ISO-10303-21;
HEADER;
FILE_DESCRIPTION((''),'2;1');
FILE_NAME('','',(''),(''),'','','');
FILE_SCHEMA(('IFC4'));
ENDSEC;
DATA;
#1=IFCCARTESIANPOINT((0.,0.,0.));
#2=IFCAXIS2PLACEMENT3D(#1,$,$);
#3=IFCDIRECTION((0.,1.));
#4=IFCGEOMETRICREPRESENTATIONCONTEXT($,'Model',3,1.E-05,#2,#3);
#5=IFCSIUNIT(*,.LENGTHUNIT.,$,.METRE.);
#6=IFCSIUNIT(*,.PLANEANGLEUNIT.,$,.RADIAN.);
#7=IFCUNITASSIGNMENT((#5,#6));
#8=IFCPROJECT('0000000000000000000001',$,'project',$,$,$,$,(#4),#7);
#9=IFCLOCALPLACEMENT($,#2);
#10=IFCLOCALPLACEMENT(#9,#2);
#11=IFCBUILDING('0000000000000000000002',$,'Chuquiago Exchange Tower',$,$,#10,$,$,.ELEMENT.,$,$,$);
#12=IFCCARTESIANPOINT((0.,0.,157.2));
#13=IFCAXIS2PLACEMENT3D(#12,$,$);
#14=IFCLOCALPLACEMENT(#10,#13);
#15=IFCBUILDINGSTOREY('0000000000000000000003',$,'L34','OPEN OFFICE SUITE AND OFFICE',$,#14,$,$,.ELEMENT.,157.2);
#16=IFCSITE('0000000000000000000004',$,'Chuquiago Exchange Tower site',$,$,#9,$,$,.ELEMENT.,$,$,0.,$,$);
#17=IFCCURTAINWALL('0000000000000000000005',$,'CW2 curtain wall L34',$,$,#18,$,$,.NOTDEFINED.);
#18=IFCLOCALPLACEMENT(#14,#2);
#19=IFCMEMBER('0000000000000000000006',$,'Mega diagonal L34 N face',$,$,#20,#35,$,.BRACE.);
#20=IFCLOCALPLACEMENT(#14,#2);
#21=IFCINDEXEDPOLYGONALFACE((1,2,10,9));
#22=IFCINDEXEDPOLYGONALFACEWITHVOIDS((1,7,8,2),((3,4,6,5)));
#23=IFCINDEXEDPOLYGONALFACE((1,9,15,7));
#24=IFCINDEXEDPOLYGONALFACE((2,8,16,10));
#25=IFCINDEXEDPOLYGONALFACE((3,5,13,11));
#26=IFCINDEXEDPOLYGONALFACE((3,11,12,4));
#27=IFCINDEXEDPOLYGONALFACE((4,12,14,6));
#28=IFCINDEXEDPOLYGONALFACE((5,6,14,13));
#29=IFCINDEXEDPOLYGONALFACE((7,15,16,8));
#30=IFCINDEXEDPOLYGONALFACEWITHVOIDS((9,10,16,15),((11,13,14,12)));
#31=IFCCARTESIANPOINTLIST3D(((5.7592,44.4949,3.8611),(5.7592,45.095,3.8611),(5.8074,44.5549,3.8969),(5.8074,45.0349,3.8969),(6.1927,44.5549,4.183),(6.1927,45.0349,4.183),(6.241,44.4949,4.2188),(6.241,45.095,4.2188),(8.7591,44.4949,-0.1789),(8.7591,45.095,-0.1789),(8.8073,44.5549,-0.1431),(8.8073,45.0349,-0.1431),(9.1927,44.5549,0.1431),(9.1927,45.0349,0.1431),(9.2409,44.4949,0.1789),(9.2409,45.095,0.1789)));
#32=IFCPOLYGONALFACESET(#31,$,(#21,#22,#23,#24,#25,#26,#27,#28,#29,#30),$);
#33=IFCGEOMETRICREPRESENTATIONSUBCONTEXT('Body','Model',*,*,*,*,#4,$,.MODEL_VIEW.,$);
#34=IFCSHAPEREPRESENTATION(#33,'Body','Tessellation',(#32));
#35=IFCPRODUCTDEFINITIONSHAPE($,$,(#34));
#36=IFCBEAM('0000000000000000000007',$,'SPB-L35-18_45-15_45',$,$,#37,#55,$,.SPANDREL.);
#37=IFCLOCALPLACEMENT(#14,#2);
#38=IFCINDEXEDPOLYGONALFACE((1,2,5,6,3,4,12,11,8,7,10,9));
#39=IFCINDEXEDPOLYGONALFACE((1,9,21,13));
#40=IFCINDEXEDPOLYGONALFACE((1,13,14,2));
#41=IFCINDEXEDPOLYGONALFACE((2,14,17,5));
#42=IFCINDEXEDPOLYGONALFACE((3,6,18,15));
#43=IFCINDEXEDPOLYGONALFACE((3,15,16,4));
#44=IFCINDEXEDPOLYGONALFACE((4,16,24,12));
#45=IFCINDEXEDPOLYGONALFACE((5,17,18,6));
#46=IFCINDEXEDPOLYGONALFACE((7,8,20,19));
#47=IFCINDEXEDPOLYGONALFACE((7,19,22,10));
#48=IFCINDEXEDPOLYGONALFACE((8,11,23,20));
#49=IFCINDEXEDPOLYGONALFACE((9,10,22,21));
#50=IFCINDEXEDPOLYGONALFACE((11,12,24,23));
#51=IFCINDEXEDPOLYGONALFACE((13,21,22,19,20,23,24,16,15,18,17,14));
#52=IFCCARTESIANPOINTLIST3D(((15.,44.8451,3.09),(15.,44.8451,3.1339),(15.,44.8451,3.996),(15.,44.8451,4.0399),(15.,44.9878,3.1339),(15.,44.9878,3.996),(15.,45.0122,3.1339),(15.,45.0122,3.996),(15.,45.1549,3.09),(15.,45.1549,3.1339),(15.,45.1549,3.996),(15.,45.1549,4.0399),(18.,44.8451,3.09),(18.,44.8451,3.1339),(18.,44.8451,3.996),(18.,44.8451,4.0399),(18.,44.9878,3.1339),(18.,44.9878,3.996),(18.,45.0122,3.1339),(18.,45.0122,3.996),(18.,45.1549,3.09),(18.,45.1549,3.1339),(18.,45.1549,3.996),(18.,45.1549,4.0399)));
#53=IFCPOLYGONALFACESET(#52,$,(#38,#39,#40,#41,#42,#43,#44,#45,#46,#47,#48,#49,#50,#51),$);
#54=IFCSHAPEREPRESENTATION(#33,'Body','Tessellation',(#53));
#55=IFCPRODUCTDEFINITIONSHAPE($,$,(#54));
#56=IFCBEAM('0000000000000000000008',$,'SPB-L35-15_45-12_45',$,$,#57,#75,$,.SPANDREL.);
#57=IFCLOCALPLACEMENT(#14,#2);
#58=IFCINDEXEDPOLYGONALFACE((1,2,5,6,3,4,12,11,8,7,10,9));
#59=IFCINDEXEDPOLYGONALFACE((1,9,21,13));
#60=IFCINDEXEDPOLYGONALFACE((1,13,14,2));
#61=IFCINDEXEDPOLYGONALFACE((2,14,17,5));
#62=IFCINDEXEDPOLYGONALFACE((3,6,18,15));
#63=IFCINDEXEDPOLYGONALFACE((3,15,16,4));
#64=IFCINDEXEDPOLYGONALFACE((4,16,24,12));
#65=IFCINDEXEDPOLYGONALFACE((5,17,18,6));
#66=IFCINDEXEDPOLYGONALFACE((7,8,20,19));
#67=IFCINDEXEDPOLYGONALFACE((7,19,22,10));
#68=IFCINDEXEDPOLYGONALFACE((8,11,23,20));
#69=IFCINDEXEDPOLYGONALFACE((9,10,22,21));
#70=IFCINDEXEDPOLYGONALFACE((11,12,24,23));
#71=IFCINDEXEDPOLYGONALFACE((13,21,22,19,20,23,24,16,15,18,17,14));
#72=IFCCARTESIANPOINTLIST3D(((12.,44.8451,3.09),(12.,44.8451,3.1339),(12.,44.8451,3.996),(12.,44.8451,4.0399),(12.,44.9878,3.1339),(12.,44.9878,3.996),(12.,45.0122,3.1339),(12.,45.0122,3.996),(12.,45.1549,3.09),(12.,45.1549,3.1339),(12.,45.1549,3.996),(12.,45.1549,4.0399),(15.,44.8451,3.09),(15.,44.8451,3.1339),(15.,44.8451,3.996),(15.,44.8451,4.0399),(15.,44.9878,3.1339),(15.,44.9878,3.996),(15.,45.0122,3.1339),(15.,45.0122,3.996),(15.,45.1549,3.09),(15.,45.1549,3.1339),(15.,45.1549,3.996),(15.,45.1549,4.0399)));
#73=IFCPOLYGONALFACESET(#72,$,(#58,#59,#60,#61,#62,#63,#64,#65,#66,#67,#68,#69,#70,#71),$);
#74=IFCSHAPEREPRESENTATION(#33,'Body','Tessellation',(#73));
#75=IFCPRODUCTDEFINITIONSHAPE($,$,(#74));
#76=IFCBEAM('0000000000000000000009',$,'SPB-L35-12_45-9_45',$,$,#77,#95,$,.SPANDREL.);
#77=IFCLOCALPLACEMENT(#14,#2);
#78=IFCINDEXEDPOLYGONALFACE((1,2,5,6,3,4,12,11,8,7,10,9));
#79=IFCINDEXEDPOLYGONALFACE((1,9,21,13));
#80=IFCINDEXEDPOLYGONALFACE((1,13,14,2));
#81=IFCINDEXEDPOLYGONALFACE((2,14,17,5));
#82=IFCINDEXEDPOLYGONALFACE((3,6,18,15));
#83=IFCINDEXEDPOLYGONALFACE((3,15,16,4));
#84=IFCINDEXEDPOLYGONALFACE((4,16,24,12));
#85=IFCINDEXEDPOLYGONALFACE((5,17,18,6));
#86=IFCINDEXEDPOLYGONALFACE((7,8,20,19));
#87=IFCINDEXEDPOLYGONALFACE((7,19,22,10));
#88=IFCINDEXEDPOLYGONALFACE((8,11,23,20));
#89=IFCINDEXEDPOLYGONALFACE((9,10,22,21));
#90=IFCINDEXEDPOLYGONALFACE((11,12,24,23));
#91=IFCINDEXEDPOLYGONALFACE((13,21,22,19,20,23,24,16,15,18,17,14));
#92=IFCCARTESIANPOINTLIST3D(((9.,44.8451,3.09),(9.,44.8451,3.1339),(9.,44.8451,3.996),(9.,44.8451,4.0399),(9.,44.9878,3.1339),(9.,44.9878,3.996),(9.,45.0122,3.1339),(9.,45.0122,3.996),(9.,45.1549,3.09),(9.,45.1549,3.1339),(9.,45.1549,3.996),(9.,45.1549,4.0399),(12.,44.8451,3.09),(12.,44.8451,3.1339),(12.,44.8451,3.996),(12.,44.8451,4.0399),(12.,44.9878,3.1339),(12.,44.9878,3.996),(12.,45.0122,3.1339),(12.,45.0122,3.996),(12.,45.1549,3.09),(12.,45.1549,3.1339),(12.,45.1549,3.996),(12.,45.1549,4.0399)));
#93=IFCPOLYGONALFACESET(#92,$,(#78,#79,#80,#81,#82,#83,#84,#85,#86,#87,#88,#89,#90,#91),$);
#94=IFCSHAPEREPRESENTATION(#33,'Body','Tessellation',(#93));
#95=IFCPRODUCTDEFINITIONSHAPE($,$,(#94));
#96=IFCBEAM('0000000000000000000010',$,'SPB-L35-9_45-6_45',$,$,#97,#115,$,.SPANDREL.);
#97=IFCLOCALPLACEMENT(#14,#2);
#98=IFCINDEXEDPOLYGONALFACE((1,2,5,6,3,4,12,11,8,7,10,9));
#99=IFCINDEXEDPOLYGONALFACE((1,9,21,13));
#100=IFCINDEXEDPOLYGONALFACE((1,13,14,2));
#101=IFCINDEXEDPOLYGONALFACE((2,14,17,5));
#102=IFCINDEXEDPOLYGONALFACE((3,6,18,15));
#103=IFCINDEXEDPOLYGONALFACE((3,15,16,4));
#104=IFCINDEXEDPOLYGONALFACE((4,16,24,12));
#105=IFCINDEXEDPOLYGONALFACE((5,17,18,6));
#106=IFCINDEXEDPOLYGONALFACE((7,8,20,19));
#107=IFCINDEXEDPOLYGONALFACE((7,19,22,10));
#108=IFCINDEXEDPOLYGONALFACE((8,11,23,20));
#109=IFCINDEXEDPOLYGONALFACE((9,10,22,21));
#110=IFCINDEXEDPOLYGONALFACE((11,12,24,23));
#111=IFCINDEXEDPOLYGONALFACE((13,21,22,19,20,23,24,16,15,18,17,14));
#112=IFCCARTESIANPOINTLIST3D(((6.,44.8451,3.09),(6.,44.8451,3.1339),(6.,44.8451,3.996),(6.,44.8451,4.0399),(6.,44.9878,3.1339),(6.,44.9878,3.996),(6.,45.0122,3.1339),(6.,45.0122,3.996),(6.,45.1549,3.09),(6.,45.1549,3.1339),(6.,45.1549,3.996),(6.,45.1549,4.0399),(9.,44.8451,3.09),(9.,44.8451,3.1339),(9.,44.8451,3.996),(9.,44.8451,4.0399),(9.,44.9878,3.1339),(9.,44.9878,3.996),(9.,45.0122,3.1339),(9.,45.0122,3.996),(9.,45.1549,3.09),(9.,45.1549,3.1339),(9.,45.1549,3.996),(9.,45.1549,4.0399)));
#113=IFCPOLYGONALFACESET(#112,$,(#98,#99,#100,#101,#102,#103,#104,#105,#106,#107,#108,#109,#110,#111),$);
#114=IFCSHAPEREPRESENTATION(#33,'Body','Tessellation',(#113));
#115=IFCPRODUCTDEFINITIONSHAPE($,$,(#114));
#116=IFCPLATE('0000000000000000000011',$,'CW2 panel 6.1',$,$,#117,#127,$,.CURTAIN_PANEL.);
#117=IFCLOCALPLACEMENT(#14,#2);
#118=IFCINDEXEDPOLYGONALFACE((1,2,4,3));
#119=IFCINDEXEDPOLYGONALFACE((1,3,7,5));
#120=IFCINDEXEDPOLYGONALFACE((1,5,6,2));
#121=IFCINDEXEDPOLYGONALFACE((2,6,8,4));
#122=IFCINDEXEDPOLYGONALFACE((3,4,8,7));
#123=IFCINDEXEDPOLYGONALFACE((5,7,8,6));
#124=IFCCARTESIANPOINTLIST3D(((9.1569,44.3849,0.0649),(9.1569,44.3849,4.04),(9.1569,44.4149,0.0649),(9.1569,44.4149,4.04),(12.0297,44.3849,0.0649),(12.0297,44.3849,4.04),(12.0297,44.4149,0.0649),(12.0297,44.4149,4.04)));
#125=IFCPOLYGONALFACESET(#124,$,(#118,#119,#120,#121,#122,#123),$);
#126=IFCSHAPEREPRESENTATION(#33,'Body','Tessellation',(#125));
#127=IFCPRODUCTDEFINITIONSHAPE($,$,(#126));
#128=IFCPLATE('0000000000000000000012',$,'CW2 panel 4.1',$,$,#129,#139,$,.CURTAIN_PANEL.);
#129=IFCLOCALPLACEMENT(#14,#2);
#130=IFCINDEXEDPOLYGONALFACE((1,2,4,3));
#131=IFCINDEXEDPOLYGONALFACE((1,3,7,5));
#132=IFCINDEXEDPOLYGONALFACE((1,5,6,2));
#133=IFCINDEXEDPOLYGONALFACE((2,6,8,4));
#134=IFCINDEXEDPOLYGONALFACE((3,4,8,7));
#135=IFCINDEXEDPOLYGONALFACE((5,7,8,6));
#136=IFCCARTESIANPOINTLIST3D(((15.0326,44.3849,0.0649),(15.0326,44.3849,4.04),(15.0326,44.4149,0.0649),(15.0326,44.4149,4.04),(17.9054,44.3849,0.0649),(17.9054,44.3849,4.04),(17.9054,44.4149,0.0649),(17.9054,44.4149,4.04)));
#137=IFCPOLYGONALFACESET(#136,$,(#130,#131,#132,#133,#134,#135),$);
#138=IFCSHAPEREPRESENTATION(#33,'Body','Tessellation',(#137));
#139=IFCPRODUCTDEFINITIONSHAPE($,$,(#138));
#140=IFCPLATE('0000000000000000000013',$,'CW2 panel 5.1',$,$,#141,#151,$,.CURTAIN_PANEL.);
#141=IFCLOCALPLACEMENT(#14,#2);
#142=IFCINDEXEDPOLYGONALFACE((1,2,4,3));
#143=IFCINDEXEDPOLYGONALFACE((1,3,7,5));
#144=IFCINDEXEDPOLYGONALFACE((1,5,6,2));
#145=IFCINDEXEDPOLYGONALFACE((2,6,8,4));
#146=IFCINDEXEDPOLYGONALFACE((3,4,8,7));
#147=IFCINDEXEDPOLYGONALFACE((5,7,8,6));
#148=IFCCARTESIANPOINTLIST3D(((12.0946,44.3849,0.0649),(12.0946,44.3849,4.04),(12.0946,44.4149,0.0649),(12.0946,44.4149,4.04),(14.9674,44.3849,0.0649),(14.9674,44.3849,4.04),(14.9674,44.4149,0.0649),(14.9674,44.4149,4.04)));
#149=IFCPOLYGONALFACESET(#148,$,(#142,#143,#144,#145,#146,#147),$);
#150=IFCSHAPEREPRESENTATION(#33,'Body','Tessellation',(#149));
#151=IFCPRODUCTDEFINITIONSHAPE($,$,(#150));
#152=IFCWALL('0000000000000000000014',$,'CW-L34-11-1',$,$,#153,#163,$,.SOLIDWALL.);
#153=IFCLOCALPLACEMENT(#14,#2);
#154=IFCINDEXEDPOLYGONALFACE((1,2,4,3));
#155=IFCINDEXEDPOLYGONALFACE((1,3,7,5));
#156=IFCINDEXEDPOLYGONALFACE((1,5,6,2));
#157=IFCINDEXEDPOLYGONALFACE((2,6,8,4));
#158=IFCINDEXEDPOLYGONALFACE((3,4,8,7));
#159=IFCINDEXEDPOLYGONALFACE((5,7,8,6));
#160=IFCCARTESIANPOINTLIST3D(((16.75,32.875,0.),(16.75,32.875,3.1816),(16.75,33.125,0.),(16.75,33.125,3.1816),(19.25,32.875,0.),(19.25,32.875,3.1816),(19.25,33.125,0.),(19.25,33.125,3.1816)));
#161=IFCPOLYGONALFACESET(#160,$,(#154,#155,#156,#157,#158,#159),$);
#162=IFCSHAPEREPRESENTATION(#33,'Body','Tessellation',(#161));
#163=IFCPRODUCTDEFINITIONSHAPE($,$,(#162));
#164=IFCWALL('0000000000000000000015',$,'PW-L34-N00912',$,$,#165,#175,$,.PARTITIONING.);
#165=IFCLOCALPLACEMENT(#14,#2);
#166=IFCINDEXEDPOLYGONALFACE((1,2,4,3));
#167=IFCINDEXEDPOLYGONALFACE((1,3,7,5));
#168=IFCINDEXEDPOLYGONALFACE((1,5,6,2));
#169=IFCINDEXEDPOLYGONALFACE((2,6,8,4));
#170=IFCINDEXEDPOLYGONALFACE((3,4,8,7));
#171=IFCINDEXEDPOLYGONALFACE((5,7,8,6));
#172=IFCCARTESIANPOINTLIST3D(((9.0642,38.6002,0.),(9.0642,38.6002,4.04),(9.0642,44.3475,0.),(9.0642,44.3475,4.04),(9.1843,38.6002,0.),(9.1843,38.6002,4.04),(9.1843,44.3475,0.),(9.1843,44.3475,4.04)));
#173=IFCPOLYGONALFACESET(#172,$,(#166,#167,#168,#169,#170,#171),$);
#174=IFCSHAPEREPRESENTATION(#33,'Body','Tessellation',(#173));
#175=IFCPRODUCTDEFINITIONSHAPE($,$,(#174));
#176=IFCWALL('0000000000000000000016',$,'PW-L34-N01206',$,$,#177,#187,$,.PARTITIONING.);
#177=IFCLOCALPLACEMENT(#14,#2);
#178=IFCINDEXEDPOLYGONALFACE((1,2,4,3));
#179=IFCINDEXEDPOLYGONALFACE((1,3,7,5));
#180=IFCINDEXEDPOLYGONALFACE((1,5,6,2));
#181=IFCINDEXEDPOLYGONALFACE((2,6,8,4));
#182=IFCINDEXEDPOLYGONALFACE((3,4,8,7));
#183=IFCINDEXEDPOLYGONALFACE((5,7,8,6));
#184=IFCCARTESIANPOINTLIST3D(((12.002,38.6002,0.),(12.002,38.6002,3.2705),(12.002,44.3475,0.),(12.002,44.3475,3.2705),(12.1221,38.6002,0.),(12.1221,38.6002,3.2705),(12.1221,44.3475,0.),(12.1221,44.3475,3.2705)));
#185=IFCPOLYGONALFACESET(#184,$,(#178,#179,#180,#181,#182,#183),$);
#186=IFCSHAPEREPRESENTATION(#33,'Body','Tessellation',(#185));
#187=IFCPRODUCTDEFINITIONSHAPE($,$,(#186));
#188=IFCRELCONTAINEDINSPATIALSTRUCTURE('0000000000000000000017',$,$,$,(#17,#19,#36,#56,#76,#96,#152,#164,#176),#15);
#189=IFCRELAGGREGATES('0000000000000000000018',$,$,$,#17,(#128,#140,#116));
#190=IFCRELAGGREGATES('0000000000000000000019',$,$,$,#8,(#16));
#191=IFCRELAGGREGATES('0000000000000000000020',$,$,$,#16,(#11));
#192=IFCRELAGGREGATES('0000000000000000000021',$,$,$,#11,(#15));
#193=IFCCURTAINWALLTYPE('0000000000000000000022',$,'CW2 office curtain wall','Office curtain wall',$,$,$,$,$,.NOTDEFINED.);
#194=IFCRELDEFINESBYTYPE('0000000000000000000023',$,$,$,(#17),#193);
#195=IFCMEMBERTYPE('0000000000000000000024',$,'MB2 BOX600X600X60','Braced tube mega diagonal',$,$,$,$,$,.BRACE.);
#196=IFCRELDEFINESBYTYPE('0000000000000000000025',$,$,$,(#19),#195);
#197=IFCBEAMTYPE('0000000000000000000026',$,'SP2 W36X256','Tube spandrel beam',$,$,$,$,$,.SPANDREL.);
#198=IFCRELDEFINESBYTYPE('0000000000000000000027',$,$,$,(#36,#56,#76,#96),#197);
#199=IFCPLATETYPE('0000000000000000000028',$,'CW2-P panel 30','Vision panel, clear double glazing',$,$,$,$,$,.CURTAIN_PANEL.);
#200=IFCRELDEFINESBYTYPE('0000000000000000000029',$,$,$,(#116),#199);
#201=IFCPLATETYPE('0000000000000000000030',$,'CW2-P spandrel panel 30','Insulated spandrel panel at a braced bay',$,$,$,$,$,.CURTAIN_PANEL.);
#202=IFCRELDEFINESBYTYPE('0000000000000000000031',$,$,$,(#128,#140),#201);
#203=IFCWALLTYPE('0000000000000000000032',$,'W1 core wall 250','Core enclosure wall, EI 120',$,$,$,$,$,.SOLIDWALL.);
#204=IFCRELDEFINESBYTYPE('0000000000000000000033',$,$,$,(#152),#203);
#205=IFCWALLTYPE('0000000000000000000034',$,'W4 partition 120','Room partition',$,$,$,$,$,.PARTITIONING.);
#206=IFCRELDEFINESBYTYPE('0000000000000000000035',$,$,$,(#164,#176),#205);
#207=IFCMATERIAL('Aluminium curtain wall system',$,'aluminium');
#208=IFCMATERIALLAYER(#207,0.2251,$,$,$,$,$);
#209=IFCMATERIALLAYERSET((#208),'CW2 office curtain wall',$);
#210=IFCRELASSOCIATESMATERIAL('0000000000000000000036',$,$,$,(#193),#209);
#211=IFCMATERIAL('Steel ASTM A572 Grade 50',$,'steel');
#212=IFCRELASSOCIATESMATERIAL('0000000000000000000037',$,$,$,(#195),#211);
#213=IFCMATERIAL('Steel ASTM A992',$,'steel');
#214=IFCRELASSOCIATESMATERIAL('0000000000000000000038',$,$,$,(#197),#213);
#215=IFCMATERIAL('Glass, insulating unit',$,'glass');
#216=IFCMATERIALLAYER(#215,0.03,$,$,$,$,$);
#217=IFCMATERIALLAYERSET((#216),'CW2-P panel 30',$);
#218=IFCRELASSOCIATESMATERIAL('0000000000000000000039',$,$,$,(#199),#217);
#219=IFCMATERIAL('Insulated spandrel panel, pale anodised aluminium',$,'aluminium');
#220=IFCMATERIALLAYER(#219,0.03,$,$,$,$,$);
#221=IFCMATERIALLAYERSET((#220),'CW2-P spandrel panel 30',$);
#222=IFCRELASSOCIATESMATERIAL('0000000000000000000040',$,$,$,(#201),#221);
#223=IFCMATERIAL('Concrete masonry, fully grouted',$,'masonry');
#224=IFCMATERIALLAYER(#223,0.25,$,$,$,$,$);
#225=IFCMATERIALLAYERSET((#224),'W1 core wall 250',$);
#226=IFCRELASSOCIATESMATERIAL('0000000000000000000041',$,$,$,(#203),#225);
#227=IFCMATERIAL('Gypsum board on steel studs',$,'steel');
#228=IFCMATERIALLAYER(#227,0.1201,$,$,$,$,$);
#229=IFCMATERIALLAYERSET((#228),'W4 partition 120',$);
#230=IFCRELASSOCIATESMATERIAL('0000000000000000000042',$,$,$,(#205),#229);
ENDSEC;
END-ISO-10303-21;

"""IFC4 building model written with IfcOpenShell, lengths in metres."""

from ifc_helpers import new_model, si_unit, direction, frame, frame_2d, origin, origin_2d, place, context, subcontext, project, spatial, rectangle, hollow_rectangle, i_section, extrude, material, layer, layer_set, material_profile, profile_set, type_object, element, aggregate, save


model = new_model("IFC4")

# Units and contexts
model_context = context("Model", 3, precision=1e-05, world=origin(), true_north=direction((0.0, 1.0)))
body_context = subcontext(model_context, "Body", "Model", "MODEL_VIEW")
ifc_project = project(units=[si_unit("LENGTHUNIT", "METRE"), si_unit("PLANEANGLEUNIT", "RADIAN")], contexts=[model_context])

# Site, building, storey
site_placement = place(None, origin())
site = spatial("IfcSite", under=ifc_project, at=site_placement, Name="Chuquiago Exchange Tower site", CompositionType="ELEMENT", RefElevation=0.0)
building_placement = place(site_placement, origin())
building = spatial("IfcBuilding", under=site, at=building_placement, Name="Chuquiago Exchange Tower", CompositionType="ELEMENT")
storey_placement = place(building_placement, frame((0.0, 0.0, 157.2)))
storey = spatial("IfcBuildingStorey", under=building, at=storey_placement, Name="L34", Description="OPEN OFFICE SUITE AND OFFICE", CompositionType="ELEMENT", Elevation=157.2)

# Curtain wall
ifc_material_1 = material(Name="Aluminium curtain wall system", Category="aluminium")
ifc_layer_1 = layer(ifc_material_1, 0.2251)
ifc_layer_set_1 = layer_set([ifc_layer_1], Name="CW2 office curtain wall")
curtain_wall_type = type_object("IfcCurtainWallType", Name="CW2 office curtain wall", Description="Office curtain wall", PredefinedType="NOTDEFINED", material=ifc_layer_set_1)
curtain_wall_placement = place(storey_placement, origin())
curtain_wall = element("IfcCurtainWall", 1, at=curtain_wall_placement, inside=storey, type_object=curtain_wall_type, Name="CW2 curtain wall L34", PredefinedType="NOTDEFINED")

# Member
ifc_material_2 = material(Name="Steel ASTM A572 Grade 50", Category="steel")
ifc_material_profile_1 = material_profile(ifc_material_2, hollow_rectangle(XDim=0.6001, YDim=0.6001, WallThickness=0.0601, at=origin_2d()), Name="BOX600X600X60")
ifc_profile_set_1 = profile_set([ifc_material_profile_1], Name="Steel ASTM A572 Grade 50")
member_type_1 = type_object("IfcMemberType", Name="MB2 BOX600X600X60", Description="Braced tube mega diagonal", PredefinedType="BRACE", material=ifc_profile_set_1)
for number, where, z_axis, x_axis, name in (
    (2, (9.0, 44.7949, 0.0), (-0.596174, 0.0, 0.802855), (0.0, -1.0, 0.0), "Mega diagonal L34 N face"),
):
    element("IfcMember", number, at=place(storey_placement, frame(where, z_axis=z_axis, x_axis=x_axis)), inside=storey, type_object=member_type_1, Name=name, PredefinedType="BRACE", context=body_context, shape_type="SweptSolid", body=[
        extrude(hollow_rectangle(XDim=0.6001, YDim=0.6001, WallThickness=0.0601, at=origin_2d()), origin(), (0.0, 0.0, 1.0), 5.032),
    ])

# Beams
ifc_material_3 = material(Name="Steel ASTM A992", Category="steel")
ifc_material_profile_2 = material_profile(ifc_material_3, i_section(OverallWidth=0.3098, OverallDepth=0.95, WebThickness=0.0244, FlangeThickness=0.0439, at=origin_2d()), Name="W36X256")
ifc_profile_set_2 = profile_set([ifc_material_profile_2], Name="Steel ASTM A992")
beam_type_1 = type_object("IfcBeamType", Name="SP2 W36X256", Description="Tube spandrel beam", PredefinedType="SPANDREL", material=ifc_profile_set_2)
for number, where, z_axis, x_axis, name in (
    (3, (18.0, 45.0, 3.5649), (-1.0, 0.0, 0.0), (0.0, -1.0, 0.0), "SPB-L35-18_45-15_45"),
    (4, (15.0, 45.0, 3.5649), (-1.0, 0.0, 0.0), (0.0, -1.0, 0.0), "SPB-L35-15_45-12_45"),
    (5, (12.0, 45.0, 3.5649), (-1.0, 0.0, 0.0), (0.0, -1.0, 0.0), "SPB-L35-12_45-9_45"),
    (6, (9.0, 45.0, 3.5649), (-1.0, 0.0, 0.0), (0.0, -1.0, 0.0), "SPB-L35-9_45-6_45"),
):
    element("IfcBeam", number, at=place(storey_placement, frame(where, z_axis=z_axis, x_axis=x_axis)), inside=storey, type_object=beam_type_1, Name=name, PredefinedType="SPANDREL", context=body_context, shape_type="SweptSolid", body=[
        extrude(i_section(OverallWidth=0.3098, OverallDepth=0.95, WebThickness=0.0244, FlangeThickness=0.0439, at=origin_2d()), origin(), (0.0, 0.0, 1.0), 3.0),
    ])

# Plates
ifc_material_4 = material(Name="Glass, insulating unit", Category="glass")
ifc_layer_2 = layer(ifc_material_4, 0.03)
ifc_layer_set_2 = layer_set([ifc_layer_2], Name="CW2-P panel 30")
plate_type_1 = type_object("IfcPlateType", Name="CW2-P panel 30", Description="Vision panel, clear double glazing", PredefinedType="CURTAIN_PANEL", material=ifc_layer_set_2)
plate_1_placement = place(storey_placement, frame((10.5933, 44.3999, 0.0649), z_axis=(0.0, 0.0, 1.0), x_axis=(-1.0, 0.0, 0.0)))
plate_1 = element("IfcPlate", 7, at=plate_1_placement, type_object=plate_type_1, Name="CW2 panel 6.1", PredefinedType="CURTAIN_PANEL", context=body_context, shape_type="SweptSolid", body=[
    extrude(rectangle(XDim=2.8728, YDim=0.03, at=origin_2d()), origin(), (0.0, 0.0, 1.0), 3.9751),
])
ifc_material_5 = material(Name="Insulated spandrel panel, pale anodised aluminium", Category="aluminium")
ifc_layer_3 = layer(ifc_material_5, 0.03)
ifc_layer_set_3 = layer_set([ifc_layer_3], Name="CW2-P spandrel panel 30")
plate_type_2 = type_object("IfcPlateType", Name="CW2-P spandrel panel 30", Description="Insulated spandrel panel at a braced bay", PredefinedType="CURTAIN_PANEL", material=ifc_layer_set_3)
plate_2_placement = place(storey_placement, frame((16.469, 44.3999, 0.0649), z_axis=(0.0, 0.0, 1.0), x_axis=(-1.0, 0.0, 0.0)))
plate_2 = element("IfcPlate", 8, at=plate_2_placement, type_object=plate_type_2, Name="CW2 panel 4.1", PredefinedType="CURTAIN_PANEL", context=body_context, shape_type="SweptSolid", body=[
    extrude(rectangle(XDim=2.8728, YDim=0.03, at=origin_2d()), origin(), (0.0, 0.0, 1.0), 3.9751),
])
plate_3_placement = place(storey_placement, frame((13.531, 44.3999, 0.0649), z_axis=(0.0, 0.0, 1.0), x_axis=(-1.0, 0.0, 0.0)))
plate_3 = element("IfcPlate", 9, at=plate_3_placement, type_object=plate_type_2, Name="CW2 panel 5.1", PredefinedType="CURTAIN_PANEL", context=body_context, shape_type="SweptSolid", body=[
    extrude(rectangle(XDim=2.8728, YDim=0.03, at=origin_2d()), origin(), (0.0, 0.0, 1.0), 3.9751),
])
aggregate(curtain_wall, [plate_2, plate_3, plate_1])

# Walls
ifc_material_6 = material(Name="Concrete masonry, fully grouted", Category="masonry")
ifc_layer_4 = layer(ifc_material_6, 0.25)
ifc_layer_set_4 = layer_set([ifc_layer_4], Name="W1 core wall 250")
wall_type_1 = type_object("IfcWallType", Name="W1 core wall 250", Description="Core enclosure wall, EI 120", PredefinedType="SOLIDWALL", material=ifc_layer_set_4)
wall_1_placement = place(storey_placement, frame((16.75, 33.0, 0.0), z_axis=(0.0, 0.0, 1.0), x_axis=(1.0, 0.0, 0.0)))
element("IfcWall", 10, at=wall_1_placement, inside=storey, type_object=wall_type_1, Name="CW-L34-11-1", PredefinedType="SOLIDWALL", context=body_context, shape_type="SweptSolid", body=[
    extrude(rectangle(XDim=2.5, YDim=0.25, at=frame_2d((1.25, 0.0))), origin(), (0.0, 0.0, 1.0), 3.1816),
])
ifc_material_7 = material(Name="Gypsum board on steel studs", Category="steel")
ifc_layer_5 = layer(ifc_material_7, 0.1201)
ifc_layer_set_5 = layer_set([ifc_layer_5], Name="W4 partition 120")
wall_type_2 = type_object("IfcWallType", Name="W4 partition 120", Description="Room partition", PredefinedType="PARTITIONING", material=ifc_layer_set_5)
wall_2_placement = place(storey_placement, frame((9.1243, 44.3474, 0.0), z_axis=(0.0, 0.0, 1.0), x_axis=(0.0, -1.0, 0.0)))
element("IfcWall", 11, at=wall_2_placement, inside=storey, type_object=wall_type_2, Name="PW-L34-N00912", PredefinedType="PARTITIONING", context=body_context, shape_type="SweptSolid", body=[
    extrude(rectangle(XDim=5.7473, YDim=0.1201, at=frame_2d((2.8735, 0.0))), origin(), (0.0, 0.0, 1.0), 4.04),
])
wall_3_placement = place(storey_placement, frame((12.062, 44.3474, 0.0), z_axis=(0.0, 0.0, 1.0), x_axis=(0.0, -1.0, 0.0)))
element("IfcWall", 12, at=wall_3_placement, inside=storey, type_object=wall_type_2, Name="PW-L34-N01206", PredefinedType="PARTITIONING", context=body_context, shape_type="SweptSolid", body=[
    extrude(rectangle(XDim=5.7473, YDim=0.1201, at=frame_2d((2.8735, 0.0))), origin(), (0.0, 0.0, 1.0), 3.2705),
])

save(model, "model.ifc")
